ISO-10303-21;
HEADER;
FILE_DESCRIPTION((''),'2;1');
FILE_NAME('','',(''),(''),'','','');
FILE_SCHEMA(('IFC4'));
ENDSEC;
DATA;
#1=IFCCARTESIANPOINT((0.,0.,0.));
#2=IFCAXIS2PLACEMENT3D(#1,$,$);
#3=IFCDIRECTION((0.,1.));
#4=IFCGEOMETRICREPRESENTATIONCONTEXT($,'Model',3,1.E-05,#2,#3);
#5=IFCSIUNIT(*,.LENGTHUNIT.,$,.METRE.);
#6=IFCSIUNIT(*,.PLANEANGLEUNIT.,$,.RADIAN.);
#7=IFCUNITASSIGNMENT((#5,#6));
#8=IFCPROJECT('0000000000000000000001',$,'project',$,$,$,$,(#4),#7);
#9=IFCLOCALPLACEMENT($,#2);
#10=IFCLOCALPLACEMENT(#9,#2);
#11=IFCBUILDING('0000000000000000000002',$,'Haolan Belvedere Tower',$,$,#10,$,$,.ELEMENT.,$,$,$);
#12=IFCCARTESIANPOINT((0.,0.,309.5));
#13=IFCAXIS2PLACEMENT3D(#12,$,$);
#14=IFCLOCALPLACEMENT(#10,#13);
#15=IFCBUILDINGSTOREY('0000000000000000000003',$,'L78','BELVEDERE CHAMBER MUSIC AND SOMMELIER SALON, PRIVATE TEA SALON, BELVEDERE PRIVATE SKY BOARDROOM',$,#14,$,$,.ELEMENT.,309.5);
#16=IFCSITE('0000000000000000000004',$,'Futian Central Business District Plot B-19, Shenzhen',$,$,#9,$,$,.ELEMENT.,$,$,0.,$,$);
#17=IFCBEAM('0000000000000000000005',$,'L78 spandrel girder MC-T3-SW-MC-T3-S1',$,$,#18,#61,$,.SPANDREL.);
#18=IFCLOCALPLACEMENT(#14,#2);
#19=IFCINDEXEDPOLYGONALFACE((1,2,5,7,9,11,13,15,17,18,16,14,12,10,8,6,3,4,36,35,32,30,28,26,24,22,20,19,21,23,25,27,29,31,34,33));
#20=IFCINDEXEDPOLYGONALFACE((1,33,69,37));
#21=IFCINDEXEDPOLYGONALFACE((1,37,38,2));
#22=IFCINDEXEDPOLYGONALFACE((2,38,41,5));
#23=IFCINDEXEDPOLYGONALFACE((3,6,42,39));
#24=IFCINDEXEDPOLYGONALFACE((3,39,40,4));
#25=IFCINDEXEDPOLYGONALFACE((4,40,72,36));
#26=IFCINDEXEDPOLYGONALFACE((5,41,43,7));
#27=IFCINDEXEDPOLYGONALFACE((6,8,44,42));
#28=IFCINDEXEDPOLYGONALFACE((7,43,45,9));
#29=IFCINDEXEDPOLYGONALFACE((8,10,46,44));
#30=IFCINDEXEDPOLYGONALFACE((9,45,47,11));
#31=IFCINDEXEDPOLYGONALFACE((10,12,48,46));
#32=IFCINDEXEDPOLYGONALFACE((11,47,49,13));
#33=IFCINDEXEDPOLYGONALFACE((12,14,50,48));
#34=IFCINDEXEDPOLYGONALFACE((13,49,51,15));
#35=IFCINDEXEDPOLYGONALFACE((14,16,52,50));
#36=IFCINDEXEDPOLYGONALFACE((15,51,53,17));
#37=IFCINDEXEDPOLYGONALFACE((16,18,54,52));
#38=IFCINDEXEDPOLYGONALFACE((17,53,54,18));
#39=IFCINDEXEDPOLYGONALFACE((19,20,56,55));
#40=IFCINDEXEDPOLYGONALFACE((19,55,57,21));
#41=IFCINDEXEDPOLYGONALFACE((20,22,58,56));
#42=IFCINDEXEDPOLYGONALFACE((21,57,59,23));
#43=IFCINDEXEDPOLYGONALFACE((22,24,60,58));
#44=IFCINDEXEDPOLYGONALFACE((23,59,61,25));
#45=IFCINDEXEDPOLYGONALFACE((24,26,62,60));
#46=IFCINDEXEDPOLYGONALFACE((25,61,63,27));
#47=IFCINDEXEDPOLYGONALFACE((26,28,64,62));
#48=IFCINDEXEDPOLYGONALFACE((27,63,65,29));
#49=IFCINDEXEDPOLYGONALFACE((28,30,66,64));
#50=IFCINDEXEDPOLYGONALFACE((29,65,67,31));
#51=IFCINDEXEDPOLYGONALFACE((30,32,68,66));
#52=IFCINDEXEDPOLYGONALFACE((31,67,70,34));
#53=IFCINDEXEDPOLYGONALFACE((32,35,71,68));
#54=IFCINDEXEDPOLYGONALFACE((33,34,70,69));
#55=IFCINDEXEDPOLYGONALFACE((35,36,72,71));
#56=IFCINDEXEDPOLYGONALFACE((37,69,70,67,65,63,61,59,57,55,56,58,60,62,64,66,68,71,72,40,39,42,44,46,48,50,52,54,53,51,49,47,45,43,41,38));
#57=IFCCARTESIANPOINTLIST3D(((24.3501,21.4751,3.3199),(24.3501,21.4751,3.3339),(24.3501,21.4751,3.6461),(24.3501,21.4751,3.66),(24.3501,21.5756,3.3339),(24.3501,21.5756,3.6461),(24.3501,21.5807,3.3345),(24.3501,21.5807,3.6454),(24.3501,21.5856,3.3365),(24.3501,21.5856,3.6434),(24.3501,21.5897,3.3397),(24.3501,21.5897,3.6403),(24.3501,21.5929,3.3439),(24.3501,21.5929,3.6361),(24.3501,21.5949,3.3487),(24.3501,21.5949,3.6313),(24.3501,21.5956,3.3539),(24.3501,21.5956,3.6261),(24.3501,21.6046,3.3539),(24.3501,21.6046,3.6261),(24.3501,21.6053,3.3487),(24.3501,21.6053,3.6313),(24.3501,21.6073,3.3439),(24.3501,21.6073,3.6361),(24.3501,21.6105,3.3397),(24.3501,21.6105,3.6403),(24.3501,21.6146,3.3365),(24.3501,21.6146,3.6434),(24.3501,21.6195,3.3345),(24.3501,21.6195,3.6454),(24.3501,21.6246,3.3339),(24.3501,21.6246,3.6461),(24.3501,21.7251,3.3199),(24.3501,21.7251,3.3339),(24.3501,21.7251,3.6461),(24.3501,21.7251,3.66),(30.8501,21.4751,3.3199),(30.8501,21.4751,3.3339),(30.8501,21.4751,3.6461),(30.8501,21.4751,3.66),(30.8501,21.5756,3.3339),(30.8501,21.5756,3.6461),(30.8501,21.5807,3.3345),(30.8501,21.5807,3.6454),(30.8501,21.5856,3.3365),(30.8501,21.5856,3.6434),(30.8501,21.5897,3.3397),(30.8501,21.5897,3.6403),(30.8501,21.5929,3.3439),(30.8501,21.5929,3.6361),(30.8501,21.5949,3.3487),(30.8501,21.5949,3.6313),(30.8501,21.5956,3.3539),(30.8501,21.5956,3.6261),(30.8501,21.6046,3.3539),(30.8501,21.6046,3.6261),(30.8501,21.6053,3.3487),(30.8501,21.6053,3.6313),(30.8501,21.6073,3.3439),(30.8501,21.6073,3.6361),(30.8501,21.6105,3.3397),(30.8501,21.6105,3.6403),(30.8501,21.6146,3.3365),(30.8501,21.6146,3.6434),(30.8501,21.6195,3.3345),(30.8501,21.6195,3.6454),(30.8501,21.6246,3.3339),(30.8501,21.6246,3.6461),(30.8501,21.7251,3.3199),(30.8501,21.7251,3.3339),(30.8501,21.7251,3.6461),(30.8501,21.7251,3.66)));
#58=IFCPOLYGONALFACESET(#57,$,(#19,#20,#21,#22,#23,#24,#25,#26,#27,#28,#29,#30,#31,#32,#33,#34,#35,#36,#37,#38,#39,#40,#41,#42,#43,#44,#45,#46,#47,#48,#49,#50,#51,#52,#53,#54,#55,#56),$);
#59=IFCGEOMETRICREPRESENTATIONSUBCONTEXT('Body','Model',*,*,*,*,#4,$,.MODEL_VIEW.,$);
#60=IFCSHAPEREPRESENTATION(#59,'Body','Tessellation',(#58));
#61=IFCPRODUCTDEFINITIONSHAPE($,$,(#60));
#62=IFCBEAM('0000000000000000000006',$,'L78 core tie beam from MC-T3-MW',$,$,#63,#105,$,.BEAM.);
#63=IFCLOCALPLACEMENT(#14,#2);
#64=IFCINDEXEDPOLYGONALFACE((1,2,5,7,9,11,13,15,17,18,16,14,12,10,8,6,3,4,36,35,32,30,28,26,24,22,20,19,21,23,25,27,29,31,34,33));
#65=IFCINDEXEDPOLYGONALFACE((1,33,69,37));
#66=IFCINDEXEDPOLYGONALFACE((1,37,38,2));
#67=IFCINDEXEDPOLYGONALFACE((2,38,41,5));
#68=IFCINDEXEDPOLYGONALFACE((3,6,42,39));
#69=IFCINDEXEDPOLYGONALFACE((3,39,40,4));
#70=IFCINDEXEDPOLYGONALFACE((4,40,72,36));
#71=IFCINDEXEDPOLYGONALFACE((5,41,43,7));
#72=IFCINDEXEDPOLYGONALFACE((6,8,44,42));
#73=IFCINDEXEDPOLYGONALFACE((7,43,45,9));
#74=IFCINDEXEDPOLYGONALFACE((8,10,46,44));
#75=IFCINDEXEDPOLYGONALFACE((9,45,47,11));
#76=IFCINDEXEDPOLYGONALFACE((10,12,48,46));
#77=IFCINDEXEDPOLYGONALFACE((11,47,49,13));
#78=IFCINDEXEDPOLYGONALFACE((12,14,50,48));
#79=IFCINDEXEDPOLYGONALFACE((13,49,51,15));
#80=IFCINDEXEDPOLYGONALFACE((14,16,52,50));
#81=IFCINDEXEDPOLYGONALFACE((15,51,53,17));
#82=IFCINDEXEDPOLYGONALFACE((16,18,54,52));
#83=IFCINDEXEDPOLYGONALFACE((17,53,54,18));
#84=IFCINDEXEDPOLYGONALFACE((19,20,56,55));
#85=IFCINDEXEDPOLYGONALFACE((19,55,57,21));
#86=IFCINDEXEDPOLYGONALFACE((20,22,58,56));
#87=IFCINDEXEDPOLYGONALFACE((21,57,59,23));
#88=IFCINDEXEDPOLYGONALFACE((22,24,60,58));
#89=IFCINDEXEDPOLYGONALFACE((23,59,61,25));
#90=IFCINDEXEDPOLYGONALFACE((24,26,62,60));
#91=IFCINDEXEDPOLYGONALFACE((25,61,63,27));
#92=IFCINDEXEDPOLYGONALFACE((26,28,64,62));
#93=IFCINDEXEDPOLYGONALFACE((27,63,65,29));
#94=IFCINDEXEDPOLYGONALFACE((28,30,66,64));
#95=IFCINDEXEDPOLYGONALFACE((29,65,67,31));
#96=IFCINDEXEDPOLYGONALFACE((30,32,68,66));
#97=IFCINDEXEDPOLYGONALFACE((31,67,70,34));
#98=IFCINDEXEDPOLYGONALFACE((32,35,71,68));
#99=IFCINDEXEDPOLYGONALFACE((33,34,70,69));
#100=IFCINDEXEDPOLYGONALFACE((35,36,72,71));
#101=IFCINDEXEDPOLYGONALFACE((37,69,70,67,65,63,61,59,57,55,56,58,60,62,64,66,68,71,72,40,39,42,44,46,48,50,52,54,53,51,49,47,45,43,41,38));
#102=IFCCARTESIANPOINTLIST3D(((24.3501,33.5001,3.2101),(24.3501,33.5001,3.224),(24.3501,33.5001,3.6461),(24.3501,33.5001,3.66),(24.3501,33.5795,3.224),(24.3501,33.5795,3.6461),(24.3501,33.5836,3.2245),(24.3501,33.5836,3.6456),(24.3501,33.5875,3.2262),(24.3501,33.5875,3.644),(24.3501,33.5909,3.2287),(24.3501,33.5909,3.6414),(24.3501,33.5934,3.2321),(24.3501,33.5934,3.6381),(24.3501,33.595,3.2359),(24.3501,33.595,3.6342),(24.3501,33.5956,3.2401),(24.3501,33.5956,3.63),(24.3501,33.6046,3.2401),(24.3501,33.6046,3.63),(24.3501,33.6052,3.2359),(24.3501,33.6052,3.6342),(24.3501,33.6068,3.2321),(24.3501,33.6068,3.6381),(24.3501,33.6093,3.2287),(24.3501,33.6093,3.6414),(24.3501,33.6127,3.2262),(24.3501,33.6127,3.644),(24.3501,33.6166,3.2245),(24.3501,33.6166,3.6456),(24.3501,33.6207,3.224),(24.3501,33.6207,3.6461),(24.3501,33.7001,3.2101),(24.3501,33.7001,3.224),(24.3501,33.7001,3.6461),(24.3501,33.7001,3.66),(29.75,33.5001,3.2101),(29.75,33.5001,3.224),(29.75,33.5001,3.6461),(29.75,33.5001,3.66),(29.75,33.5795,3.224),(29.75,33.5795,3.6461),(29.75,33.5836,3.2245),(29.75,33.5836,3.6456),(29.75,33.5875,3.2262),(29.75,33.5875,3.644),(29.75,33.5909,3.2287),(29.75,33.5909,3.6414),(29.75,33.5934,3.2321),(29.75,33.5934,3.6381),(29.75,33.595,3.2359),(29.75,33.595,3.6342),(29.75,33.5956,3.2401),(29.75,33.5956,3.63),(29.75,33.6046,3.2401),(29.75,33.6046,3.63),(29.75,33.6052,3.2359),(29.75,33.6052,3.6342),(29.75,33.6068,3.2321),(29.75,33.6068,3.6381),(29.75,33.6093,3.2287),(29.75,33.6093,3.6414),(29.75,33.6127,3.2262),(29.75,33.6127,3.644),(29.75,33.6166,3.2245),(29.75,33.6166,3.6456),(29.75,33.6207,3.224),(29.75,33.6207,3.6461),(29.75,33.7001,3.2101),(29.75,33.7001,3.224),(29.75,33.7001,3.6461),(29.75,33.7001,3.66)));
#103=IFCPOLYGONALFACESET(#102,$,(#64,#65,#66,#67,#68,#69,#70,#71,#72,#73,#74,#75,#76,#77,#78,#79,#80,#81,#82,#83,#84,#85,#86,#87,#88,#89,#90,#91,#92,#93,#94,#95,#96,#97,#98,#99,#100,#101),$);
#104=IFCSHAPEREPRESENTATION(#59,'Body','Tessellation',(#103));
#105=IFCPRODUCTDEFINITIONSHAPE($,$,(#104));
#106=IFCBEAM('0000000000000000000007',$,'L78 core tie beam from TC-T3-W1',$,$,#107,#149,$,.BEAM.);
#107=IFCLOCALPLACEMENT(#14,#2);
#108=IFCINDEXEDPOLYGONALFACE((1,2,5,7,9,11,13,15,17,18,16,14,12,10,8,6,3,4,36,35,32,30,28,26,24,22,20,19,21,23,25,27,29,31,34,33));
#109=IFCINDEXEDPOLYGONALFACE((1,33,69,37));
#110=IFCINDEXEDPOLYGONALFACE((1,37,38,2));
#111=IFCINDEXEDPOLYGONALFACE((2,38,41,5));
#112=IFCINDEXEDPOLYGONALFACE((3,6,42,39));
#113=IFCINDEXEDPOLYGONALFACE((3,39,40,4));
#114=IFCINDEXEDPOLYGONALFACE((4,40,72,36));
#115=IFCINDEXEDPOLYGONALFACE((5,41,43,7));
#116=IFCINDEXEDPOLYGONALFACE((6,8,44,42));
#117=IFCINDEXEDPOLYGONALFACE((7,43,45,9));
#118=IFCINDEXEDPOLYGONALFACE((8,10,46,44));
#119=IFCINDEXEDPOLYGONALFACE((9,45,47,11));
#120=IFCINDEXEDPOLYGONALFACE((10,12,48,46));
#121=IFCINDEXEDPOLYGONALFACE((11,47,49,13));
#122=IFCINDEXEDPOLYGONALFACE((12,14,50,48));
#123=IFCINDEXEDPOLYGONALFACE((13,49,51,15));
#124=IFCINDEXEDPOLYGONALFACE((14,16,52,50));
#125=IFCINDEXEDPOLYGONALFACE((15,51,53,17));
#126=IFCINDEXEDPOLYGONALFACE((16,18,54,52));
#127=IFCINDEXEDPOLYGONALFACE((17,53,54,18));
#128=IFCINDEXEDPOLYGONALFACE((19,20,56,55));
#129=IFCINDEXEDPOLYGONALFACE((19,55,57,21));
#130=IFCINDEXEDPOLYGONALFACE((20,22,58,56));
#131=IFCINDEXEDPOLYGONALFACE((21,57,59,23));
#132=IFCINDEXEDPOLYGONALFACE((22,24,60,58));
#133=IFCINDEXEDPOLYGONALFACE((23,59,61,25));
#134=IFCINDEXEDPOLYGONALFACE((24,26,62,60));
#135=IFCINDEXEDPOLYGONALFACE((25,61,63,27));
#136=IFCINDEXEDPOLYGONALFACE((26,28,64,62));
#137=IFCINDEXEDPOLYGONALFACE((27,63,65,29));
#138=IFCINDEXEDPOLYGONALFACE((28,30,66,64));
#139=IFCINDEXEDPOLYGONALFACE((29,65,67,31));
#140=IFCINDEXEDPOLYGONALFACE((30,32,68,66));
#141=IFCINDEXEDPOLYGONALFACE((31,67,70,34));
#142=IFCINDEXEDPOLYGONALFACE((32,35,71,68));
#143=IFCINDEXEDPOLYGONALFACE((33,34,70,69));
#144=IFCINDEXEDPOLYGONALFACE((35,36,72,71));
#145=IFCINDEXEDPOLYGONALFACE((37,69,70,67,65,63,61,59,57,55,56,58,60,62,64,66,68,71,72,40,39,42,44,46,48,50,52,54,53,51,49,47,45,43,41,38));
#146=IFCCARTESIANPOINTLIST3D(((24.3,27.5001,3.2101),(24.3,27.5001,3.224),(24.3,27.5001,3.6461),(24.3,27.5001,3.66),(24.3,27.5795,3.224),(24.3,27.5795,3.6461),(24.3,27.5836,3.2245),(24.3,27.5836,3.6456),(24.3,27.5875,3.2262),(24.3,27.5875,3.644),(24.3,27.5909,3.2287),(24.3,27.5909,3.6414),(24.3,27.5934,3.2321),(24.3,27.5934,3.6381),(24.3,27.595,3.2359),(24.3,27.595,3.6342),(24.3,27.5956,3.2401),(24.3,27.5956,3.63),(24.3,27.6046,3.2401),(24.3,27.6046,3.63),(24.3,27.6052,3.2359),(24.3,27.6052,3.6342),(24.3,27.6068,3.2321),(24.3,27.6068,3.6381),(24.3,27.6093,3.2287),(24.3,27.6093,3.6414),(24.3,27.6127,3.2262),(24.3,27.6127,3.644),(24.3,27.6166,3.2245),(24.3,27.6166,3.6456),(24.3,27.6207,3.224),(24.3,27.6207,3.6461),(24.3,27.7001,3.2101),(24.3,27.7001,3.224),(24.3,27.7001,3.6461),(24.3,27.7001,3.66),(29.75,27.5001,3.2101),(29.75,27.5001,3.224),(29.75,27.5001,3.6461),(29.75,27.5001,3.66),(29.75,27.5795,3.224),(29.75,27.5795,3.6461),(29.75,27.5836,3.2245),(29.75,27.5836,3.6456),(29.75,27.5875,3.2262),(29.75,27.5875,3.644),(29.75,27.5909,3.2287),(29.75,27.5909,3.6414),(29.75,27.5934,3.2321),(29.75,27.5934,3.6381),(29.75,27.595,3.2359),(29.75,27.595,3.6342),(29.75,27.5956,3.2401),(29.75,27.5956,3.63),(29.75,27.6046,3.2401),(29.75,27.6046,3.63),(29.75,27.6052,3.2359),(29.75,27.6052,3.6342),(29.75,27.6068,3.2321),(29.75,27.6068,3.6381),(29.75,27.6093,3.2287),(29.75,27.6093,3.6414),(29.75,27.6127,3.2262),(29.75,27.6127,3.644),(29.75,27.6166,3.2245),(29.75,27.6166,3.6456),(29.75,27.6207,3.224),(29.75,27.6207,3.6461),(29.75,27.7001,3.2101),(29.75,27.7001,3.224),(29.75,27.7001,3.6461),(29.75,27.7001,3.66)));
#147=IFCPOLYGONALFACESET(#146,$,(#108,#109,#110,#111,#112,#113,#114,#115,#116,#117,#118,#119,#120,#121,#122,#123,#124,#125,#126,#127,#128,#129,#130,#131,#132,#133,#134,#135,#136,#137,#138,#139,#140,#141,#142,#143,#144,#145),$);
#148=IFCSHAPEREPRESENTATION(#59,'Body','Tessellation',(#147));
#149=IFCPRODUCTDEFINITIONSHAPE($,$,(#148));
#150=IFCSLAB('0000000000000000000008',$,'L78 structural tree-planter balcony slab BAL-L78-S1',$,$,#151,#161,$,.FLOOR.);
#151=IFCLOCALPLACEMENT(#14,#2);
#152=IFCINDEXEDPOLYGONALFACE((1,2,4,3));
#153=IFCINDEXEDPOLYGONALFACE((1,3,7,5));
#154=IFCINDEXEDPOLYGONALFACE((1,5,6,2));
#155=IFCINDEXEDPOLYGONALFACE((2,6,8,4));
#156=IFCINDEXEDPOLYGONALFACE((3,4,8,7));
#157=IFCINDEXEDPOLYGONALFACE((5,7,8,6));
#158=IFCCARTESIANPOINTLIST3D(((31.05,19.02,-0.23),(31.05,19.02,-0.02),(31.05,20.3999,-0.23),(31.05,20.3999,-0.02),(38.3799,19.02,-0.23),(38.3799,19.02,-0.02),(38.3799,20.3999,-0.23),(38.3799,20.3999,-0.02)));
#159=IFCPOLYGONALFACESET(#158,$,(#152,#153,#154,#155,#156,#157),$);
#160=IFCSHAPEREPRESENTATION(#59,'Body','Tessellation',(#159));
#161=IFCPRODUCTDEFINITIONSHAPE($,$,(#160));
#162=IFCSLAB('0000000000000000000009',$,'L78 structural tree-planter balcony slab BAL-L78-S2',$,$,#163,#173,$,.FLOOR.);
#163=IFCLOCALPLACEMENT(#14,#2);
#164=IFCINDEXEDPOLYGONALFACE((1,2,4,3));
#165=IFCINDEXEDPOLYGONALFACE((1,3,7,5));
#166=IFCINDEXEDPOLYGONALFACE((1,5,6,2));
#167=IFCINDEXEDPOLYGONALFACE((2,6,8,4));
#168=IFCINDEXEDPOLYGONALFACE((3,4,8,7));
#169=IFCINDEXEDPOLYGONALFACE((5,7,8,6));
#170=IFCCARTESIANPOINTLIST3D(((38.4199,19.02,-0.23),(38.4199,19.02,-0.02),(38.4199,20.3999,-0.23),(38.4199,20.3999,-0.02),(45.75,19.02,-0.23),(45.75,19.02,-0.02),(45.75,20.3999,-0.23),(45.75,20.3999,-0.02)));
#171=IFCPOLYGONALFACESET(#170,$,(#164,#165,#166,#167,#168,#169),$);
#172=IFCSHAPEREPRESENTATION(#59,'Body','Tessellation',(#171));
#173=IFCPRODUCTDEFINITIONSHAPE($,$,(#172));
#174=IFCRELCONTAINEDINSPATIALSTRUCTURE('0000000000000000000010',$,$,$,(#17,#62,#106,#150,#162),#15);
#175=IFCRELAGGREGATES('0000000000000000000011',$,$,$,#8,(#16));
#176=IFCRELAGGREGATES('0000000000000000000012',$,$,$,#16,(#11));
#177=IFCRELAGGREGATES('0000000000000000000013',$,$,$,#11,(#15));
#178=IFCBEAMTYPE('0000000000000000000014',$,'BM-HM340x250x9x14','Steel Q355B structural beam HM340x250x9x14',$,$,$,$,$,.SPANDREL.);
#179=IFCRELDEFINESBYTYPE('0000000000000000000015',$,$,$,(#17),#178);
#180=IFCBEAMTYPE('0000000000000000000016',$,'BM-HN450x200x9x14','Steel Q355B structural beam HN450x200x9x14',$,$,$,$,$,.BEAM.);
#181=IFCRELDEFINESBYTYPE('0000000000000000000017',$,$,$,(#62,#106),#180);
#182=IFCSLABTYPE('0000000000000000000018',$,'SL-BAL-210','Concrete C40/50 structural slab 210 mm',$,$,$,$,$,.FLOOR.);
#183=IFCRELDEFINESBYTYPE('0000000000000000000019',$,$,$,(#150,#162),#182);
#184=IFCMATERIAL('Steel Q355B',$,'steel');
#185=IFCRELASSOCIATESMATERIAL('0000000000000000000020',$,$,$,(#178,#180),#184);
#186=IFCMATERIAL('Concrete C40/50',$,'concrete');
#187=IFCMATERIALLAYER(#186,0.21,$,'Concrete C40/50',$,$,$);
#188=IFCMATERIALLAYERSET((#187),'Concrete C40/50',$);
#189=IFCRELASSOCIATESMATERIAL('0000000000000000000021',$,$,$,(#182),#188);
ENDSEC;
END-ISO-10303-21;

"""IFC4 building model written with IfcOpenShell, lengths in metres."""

from ifc_helpers import new_model, si_unit, direction, frame, origin, origin_2d, place, context, subcontext, project, spatial, polyline, i_section, outline, extrude, material, layer, layer_set, material_profile, profile_set, type_object, element, save


model = new_model("IFC4")

# Units and contexts
model_context = context("Model", 3, precision=1e-05, world=origin(), true_north=direction((0.0, 1.0)))
body_context = subcontext(model_context, "Body", "Model", "MODEL_VIEW")
ifc_project = project(units=[si_unit("LENGTHUNIT", "METRE"), si_unit("PLANEANGLEUNIT", "RADIAN")], contexts=[model_context])

# Site, building, storey
site_placement = place(None, origin())
site = spatial("IfcSite", under=ifc_project, at=site_placement, Name="Futian Central Business District Plot B-19, Shenzhen", CompositionType="ELEMENT", RefElevation=0.0)
building_placement = place(site_placement, origin())
building = spatial("IfcBuilding", under=site, at=building_placement, Name="Haolan Belvedere Tower", CompositionType="ELEMENT")
storey_placement = place(building_placement, frame((0.0, 0.0, 309.5)))
storey = spatial("IfcBuildingStorey", under=building, at=storey_placement, Name="L78", Description="BELVEDERE CHAMBER MUSIC AND SOMMELIER SALON, PRIVATE TEA SALON, BELVEDERE PRIVATE SKY BOARDROOM", CompositionType="ELEMENT", Elevation=309.5)

# Beams
ifc_material_1 = material(Name="Steel Q355B", Category="steel")
ifc_material_profile_1 = material_profile(ifc_material_1, i_section(OverallWidth=0.25, OverallDepth=0.3401, WebThickness=0.009, FlangeThickness=0.0139, FilletRadius=0.02, at=origin_2d()), Name="Steel Q355B")
ifc_profile_set_1 = profile_set([ifc_material_profile_1], Name="Steel Q355B")
beam_type_1 = type_object("IfcBeamType", Name="BM-HM340x250x9x14", Description="Steel Q355B structural beam HM340x250x9x14", PredefinedType="SPANDREL", material=ifc_profile_set_1)
beam_1_placement = place(storey_placement, frame((24.3501, 21.6001, 3.49), z_axis=(1.0, 0.0, 0.0), x_axis=(0.0, 1.0, 0.0)))
element("IfcBeam", 1, at=beam_1_placement, inside=storey, type_object=beam_type_1, Name="L78 spandrel girder MC-T3-SW-MC-T3-S1", PredefinedType="SPANDREL", context=body_context, shape_type="SweptSolid", body=[
    extrude(i_section(OverallWidth=0.25, OverallDepth=0.3401, WebThickness=0.009, FlangeThickness=0.0139, FilletRadius=0.02, at=origin_2d()), origin(), (0.0, 0.0, 1.0), 6.5),
])
ifc_material_profile_2 = material_profile(ifc_material_1, i_section(OverallWidth=0.2, OverallDepth=0.45, WebThickness=0.009, FlangeThickness=0.0139, FilletRadius=0.0161, at=origin_2d()), Name="Steel Q355B")
ifc_profile_set_2 = profile_set([ifc_material_profile_2], Name="Steel Q355B")
beam_type_2 = type_object("IfcBeamType", Name="BM-HN450x200x9x14", Description="Steel Q355B structural beam HN450x200x9x14", PredefinedType="BEAM", material=ifc_profile_set_2)
beam_2_placement = place(storey_placement, frame((24.3501, 33.6001, 3.4351), z_axis=(1.0, 0.0, 0.0), x_axis=(0.0, 1.0, 0.0)))
element("IfcBeam", 2, at=beam_2_placement, inside=storey, type_object=beam_type_2, Name="L78 core tie beam from MC-T3-MW", PredefinedType="BEAM", context=body_context, shape_type="SweptSolid", body=[
    extrude(i_section(OverallWidth=0.2, OverallDepth=0.45, WebThickness=0.009, FlangeThickness=0.0139, FilletRadius=0.0161, at=origin_2d()), origin(), (0.0, 0.0, 1.0), 5.3999),
])
beam_3_placement = place(storey_placement, frame((24.3, 27.6001, 3.4351), z_axis=(1.0, 0.0, 0.0), x_axis=(0.0, 1.0, 0.0)))
element("IfcBeam", 3, at=beam_3_placement, inside=storey, type_object=beam_type_2, Name="L78 core tie beam from TC-T3-W1", PredefinedType="BEAM", context=body_context, shape_type="SweptSolid", body=[
    extrude(i_section(OverallWidth=0.2, OverallDepth=0.45, WebThickness=0.009, FlangeThickness=0.0139, FilletRadius=0.0161, at=origin_2d()), origin(), (0.0, 0.0, 1.0), 5.45),
])

# Slabs
ifc_material_2 = material(Name="Concrete C40/50", Category="concrete")
ifc_layer_1 = layer(ifc_material_2, 0.21, Name="Concrete C40/50")
ifc_layer_set_1 = layer_set([ifc_layer_1], Name="Concrete C40/50")
slab_type_1 = type_object("IfcSlabType", Name="SL-BAL-210", Description="Concrete C40/50 structural slab 210 mm", PredefinedType="FLOOR", material=ifc_layer_set_1)
slab_1_placement = place(storey_placement, frame((0.0, 0.0, -0.23)))
element("IfcSlab", 4, at=slab_1_placement, inside=storey, type_object=slab_type_1, Name="L78 structural tree-planter balcony slab BAL-L78-S1", PredefinedType="FLOOR", context=body_context, shape_type="SweptSolid", body=[
    extrude(outline(polyline([(31.05, 19.02), (38.3799, 19.02), (38.3799, 20.3999), (31.05, 20.3999), (31.05, 19.02)])), origin(), (0.0, 0.0, 1.0), 0.21),
])
slab_2_placement = place(storey_placement, frame((0.0, 0.0, -0.23)))
element("IfcSlab", 5, at=slab_2_placement, inside=storey, type_object=slab_type_1, Name="L78 structural tree-planter balcony slab BAL-L78-S2", PredefinedType="FLOOR", context=body_context, shape_type="SweptSolid", body=[
    extrude(outline(polyline([(38.4199, 19.02), (45.75, 19.02), (45.75, 20.3999), (38.4199, 20.3999), (38.4199, 19.02)])), origin(), (0.0, 0.0, 1.0), 0.21),
])

save(model, "model.ifc")
